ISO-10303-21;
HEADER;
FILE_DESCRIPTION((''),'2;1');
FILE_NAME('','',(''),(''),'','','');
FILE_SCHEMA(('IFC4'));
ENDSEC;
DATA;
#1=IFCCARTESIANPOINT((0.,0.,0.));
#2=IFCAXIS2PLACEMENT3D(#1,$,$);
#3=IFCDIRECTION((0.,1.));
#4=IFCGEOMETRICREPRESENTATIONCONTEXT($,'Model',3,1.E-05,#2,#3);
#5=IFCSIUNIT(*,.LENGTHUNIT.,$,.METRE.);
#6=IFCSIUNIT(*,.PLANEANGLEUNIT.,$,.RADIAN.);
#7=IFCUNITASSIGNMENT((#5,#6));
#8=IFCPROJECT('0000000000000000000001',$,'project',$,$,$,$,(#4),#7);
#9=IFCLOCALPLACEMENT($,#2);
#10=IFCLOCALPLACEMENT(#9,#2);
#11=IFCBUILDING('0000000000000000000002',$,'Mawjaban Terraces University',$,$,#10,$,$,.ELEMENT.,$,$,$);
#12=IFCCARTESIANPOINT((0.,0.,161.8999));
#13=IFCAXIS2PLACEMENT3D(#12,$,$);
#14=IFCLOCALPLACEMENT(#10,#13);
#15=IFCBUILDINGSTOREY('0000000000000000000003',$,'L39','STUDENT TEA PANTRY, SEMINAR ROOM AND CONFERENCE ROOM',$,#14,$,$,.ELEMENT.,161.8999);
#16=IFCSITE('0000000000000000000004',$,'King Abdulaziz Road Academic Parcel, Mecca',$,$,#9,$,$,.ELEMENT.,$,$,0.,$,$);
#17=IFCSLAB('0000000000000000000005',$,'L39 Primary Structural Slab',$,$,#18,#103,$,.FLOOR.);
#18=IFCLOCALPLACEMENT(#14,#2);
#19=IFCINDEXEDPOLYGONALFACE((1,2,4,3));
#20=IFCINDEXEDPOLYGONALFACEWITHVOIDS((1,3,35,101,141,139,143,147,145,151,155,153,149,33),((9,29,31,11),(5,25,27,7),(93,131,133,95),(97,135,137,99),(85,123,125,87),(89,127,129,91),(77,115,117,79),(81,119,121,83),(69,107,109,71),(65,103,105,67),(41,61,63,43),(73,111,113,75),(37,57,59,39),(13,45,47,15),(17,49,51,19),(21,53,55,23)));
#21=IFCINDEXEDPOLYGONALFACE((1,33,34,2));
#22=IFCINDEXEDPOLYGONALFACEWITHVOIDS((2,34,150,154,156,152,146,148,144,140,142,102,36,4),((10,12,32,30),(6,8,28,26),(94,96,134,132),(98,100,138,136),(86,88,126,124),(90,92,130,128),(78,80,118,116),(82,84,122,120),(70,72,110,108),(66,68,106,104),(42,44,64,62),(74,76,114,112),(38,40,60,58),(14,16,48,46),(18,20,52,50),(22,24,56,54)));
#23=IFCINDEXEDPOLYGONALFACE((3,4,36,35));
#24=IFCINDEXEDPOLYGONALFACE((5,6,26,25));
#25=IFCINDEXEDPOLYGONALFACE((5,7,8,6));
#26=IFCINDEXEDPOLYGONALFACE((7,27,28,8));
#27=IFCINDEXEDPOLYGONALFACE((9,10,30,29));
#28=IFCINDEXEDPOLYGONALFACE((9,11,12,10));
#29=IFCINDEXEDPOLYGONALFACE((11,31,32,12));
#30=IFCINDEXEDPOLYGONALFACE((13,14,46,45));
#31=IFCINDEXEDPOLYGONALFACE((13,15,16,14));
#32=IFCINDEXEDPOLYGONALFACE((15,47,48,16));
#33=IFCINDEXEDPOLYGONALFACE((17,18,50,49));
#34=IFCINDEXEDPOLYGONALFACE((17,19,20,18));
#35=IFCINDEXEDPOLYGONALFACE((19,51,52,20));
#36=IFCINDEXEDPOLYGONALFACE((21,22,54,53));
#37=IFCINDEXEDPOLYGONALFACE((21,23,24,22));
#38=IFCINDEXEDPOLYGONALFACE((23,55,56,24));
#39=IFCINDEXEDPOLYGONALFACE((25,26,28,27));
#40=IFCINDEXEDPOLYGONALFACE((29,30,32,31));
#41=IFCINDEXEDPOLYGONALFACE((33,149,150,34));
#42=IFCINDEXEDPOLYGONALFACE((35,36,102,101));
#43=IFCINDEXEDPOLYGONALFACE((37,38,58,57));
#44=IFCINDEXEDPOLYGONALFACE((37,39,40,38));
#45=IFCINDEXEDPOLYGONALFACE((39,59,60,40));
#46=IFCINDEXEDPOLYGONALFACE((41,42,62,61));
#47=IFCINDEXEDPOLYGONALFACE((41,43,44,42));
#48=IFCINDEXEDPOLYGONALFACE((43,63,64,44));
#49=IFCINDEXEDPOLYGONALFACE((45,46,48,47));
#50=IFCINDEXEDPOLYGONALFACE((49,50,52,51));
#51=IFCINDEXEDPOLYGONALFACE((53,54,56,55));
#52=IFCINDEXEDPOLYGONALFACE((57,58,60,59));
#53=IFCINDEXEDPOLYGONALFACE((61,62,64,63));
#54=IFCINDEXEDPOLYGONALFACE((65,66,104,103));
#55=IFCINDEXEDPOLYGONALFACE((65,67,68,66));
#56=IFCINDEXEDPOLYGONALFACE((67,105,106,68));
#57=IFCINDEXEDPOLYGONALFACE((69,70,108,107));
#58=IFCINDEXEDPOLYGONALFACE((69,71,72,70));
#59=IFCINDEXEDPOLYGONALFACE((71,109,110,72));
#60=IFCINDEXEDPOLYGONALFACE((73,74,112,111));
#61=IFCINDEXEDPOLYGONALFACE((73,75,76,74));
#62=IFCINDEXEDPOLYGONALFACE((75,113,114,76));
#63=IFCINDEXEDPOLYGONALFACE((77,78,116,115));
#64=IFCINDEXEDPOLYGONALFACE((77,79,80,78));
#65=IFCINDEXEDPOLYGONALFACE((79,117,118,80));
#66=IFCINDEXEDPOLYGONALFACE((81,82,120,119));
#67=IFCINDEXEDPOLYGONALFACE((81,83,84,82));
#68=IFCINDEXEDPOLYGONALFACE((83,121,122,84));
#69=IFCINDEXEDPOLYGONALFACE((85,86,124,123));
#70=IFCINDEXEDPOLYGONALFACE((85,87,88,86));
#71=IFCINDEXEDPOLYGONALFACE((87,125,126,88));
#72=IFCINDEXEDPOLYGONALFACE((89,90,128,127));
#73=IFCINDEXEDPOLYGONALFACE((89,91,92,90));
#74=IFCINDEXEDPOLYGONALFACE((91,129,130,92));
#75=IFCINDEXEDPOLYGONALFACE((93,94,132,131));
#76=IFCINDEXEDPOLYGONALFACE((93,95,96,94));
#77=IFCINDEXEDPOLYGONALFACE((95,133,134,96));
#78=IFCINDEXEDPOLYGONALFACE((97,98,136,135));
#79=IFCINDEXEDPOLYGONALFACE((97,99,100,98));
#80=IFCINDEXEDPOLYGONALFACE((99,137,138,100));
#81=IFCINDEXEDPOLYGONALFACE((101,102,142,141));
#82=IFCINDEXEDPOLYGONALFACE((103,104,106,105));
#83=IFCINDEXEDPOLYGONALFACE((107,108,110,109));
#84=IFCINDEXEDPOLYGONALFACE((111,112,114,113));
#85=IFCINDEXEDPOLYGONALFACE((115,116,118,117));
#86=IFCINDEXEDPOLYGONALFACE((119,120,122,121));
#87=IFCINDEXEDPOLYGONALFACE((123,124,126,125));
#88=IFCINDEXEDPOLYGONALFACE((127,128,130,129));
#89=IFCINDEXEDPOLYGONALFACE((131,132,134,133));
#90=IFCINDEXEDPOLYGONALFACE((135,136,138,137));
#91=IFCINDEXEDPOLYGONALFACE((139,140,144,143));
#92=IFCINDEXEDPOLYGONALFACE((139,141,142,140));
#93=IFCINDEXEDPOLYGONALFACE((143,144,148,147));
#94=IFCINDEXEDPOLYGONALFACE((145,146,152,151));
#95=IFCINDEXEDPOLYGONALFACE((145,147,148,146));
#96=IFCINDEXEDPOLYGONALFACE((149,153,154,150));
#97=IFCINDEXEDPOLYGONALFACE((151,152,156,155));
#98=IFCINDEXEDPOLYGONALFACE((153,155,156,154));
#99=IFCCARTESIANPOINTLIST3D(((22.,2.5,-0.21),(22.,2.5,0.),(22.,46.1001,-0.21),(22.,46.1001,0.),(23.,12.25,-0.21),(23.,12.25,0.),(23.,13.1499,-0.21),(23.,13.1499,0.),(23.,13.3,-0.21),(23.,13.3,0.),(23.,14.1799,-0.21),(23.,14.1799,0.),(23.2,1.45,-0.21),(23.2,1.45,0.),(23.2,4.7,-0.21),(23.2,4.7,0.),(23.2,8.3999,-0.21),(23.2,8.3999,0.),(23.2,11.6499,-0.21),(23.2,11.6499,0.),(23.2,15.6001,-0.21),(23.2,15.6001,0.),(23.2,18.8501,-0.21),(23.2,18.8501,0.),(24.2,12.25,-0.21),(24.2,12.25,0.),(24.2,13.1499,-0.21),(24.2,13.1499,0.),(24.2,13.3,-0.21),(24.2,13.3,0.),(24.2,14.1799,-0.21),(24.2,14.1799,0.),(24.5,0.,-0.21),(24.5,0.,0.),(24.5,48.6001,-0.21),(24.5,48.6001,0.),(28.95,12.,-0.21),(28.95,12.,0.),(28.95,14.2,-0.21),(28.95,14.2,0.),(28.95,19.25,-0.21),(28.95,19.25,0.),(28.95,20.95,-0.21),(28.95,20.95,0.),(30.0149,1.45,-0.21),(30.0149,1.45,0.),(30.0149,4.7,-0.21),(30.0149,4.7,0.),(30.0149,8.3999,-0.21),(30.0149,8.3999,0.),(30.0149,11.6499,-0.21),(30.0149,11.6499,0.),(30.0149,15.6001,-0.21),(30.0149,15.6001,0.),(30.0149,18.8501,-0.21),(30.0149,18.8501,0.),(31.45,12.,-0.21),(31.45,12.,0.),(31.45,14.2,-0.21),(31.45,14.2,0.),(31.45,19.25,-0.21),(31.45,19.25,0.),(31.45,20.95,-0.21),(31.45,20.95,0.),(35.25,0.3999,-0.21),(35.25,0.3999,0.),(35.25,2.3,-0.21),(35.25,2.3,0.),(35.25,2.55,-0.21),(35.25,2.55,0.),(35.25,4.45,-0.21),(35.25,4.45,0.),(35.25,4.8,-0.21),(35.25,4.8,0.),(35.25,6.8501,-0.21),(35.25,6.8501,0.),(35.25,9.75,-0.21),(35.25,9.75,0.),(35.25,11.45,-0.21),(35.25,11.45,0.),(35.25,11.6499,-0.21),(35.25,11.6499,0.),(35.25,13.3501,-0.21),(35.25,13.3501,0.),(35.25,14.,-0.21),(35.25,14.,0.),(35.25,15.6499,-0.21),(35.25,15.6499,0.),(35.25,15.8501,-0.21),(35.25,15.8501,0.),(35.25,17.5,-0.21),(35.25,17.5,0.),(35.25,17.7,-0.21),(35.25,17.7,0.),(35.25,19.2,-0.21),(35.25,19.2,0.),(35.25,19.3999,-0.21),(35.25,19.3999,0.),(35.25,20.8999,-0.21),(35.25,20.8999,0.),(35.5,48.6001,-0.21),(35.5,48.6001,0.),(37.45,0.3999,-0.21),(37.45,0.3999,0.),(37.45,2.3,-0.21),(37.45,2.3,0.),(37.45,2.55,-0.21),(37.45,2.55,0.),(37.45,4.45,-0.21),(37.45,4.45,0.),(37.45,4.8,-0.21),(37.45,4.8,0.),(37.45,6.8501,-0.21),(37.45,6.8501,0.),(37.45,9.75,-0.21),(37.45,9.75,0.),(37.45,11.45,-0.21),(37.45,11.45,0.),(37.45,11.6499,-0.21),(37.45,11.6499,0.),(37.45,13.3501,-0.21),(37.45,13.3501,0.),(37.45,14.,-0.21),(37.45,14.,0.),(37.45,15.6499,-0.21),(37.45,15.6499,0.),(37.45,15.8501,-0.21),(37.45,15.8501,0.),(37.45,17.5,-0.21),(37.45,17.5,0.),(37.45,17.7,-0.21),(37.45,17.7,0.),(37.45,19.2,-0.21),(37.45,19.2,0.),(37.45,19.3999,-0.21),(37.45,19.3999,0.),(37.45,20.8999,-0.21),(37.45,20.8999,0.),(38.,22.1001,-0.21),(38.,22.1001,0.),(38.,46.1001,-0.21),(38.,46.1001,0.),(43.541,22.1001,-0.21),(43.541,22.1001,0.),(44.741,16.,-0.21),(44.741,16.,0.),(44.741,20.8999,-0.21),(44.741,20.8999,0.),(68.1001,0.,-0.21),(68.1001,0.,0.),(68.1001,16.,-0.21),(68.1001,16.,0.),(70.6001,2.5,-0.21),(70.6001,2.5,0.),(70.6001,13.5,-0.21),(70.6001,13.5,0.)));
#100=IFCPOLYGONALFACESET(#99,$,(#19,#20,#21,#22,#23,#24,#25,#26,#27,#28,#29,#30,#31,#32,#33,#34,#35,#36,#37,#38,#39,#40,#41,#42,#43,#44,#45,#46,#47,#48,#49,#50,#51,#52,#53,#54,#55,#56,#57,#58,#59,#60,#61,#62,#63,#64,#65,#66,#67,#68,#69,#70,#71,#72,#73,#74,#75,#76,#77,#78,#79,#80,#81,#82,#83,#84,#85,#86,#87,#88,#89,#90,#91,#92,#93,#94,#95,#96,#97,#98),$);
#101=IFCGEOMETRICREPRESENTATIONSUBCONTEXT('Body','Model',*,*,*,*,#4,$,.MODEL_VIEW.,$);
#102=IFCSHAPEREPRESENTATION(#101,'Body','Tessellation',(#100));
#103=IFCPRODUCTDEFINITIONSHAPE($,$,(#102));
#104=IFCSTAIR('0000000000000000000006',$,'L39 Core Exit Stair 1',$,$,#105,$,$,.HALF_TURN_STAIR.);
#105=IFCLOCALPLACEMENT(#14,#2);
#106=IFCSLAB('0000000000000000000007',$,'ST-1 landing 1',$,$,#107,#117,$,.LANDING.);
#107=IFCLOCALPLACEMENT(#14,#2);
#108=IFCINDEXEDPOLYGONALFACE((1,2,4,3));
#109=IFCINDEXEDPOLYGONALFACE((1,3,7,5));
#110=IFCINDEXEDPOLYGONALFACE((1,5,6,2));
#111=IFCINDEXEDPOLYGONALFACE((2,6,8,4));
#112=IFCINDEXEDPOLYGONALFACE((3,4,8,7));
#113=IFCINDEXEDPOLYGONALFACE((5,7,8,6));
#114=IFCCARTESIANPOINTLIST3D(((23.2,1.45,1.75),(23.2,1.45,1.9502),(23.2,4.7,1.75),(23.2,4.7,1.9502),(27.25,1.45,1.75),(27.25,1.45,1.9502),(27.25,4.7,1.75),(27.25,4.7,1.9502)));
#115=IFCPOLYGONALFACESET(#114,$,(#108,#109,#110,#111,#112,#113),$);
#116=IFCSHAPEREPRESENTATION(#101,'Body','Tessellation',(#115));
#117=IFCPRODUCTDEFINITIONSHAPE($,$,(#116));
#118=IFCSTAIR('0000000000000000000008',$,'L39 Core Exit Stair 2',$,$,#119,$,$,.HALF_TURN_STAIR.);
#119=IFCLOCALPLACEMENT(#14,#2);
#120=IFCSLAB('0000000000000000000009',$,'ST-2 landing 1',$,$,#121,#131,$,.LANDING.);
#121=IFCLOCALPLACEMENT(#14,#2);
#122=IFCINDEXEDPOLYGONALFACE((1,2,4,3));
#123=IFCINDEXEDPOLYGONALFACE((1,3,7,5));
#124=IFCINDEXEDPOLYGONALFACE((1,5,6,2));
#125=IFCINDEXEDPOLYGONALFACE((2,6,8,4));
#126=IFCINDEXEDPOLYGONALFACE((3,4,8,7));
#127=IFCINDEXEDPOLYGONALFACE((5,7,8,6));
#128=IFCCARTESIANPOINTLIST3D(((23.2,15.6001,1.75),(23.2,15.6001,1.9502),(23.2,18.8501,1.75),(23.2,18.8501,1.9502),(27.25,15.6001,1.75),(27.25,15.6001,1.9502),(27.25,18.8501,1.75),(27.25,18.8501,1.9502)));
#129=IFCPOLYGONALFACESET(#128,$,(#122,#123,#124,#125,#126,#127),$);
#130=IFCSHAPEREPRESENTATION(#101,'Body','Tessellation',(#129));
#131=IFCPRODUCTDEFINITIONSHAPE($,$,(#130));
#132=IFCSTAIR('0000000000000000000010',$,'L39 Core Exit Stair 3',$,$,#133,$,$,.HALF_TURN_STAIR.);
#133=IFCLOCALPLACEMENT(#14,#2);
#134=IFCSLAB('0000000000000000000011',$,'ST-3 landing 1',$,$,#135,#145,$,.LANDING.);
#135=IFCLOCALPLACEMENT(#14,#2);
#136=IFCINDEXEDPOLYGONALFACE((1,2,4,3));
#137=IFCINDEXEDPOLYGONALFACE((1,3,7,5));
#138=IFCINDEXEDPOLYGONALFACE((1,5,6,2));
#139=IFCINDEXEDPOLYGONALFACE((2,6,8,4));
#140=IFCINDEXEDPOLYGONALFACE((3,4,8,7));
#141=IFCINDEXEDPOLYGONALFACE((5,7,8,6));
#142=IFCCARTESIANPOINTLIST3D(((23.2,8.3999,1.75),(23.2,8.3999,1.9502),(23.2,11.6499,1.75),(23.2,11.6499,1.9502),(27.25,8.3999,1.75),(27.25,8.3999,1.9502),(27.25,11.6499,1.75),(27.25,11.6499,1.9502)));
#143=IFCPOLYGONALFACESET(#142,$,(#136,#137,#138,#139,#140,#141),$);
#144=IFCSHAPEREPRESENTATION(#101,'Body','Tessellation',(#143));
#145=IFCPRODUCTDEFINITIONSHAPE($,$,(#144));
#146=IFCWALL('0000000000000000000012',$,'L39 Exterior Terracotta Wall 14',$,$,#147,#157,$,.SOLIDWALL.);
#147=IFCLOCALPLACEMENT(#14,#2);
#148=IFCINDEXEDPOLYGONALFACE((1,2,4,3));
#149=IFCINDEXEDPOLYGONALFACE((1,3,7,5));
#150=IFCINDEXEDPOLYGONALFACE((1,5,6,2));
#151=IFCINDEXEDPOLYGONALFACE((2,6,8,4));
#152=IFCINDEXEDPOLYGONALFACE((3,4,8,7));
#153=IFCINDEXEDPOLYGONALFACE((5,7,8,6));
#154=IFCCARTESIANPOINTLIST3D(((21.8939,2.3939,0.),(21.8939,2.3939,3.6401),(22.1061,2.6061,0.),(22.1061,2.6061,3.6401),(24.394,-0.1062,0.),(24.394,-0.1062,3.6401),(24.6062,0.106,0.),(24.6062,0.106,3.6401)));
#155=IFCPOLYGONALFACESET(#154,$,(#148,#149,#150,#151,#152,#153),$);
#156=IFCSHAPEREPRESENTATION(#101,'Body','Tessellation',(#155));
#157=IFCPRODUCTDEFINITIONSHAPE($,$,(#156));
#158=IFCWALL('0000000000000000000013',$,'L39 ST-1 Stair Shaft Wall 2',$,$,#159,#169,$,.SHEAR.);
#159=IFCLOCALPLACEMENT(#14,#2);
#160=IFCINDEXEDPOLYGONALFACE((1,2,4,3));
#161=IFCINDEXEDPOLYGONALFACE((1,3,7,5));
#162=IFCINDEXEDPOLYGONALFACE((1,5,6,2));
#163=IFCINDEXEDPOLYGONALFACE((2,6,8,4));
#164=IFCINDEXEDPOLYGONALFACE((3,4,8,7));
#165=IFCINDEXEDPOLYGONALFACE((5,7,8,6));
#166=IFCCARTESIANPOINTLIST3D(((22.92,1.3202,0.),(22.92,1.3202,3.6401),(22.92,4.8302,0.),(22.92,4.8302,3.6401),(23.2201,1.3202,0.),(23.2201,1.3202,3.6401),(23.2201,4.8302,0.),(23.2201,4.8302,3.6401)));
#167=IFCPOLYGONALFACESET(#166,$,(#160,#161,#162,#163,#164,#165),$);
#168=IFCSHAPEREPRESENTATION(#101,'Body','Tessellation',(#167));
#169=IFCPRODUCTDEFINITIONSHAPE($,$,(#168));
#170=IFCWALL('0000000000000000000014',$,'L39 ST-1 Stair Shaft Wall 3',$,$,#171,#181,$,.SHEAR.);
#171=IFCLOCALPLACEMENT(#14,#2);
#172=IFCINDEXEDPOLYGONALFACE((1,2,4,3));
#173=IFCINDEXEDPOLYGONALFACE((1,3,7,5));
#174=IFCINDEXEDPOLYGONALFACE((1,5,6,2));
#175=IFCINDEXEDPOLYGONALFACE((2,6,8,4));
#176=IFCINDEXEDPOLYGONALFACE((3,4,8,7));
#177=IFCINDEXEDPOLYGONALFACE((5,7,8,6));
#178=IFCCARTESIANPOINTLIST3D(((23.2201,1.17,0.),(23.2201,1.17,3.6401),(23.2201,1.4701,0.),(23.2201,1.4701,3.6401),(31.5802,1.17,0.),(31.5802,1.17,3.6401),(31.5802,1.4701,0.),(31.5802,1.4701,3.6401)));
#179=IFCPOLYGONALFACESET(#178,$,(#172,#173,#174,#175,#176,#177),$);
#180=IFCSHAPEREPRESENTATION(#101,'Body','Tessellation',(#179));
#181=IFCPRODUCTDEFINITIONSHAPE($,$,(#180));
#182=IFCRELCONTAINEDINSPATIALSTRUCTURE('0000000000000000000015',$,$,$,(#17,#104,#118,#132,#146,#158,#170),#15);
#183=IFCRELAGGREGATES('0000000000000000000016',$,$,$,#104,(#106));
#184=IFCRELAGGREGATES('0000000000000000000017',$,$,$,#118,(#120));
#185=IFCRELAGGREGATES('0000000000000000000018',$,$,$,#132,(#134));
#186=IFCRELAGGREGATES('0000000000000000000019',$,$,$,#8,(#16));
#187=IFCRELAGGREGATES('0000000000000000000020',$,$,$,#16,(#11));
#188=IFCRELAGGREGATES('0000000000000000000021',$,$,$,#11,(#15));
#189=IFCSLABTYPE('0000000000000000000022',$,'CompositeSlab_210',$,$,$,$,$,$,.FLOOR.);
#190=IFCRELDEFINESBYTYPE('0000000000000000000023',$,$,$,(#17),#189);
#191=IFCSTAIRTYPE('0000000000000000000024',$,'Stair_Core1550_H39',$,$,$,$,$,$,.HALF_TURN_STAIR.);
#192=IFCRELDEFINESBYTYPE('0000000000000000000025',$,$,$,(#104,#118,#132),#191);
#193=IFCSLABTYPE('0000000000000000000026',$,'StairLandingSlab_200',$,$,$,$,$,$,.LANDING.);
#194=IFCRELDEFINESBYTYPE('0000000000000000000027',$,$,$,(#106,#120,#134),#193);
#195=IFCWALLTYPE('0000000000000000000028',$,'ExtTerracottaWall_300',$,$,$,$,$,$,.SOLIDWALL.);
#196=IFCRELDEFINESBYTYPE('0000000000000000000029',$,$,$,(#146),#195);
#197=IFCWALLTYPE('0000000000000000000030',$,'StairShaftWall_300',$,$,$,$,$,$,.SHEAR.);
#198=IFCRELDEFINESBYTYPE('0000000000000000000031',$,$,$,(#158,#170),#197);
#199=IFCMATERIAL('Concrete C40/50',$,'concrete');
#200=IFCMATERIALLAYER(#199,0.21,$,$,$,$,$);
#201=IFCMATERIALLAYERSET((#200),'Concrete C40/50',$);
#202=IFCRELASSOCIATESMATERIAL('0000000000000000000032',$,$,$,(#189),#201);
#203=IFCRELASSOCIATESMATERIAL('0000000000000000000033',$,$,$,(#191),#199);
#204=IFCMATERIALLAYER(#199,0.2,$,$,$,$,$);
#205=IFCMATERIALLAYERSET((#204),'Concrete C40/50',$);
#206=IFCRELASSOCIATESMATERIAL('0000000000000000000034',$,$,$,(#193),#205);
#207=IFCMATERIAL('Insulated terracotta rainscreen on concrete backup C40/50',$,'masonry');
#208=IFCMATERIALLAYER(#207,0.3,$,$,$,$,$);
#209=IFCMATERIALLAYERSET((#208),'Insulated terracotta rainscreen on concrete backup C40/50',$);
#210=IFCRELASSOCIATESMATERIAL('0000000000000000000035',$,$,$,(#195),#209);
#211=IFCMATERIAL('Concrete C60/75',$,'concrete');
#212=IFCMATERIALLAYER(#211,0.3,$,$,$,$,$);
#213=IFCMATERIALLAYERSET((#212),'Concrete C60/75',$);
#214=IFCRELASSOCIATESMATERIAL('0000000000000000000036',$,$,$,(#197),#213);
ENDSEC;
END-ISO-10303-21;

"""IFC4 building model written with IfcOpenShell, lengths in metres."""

from ifc_helpers import new_model, si_unit, direction, frame, frame_2d, origin, place, context, subcontext, project, spatial, polyline, rectangle, outline, extrude, material, layer, layer_set, type_object, element, aggregate, save


model = new_model("IFC4")

# Units and contexts
model_context = context("Model", 3, precision=1e-05, world=origin(), true_north=direction((0.0, 1.0)))
body_context = subcontext(model_context, "Body", "Model", "MODEL_VIEW")
ifc_project = project(units=[si_unit("LENGTHUNIT", "METRE"), si_unit("PLANEANGLEUNIT", "RADIAN")], contexts=[model_context])

# Site, building, storey
site_placement = place(None, origin())
site = spatial("IfcSite", under=ifc_project, at=site_placement, Name="King Abdulaziz Road Academic Parcel, Mecca", CompositionType="ELEMENT", RefElevation=0.0)
building_placement = place(site_placement, origin())
building = spatial("IfcBuilding", under=site, at=building_placement, Name="Mawjaban Terraces University", CompositionType="ELEMENT")
storey_placement = place(building_placement, frame((0.0, 0.0, 161.8999)))
storey = spatial("IfcBuildingStorey", under=building, at=storey_placement, Name="L39", Description="STUDENT TEA PANTRY, SEMINAR ROOM AND CONFERENCE ROOM", CompositionType="ELEMENT", Elevation=161.8999)

# Shared definitions
ifc_material_1 = material(Name="Concrete C60/75", Category="concrete")

# Slab
ifc_material_2 = material(Name="Concrete C40/50", Category="concrete")
ifc_layer_1 = layer(ifc_material_2, 0.21)
ifc_layer_set_1 = layer_set([ifc_layer_1], Name="Concrete C40/50")
slab_type_1 = type_object("IfcSlabType", Name="CompositeSlab_210", PredefinedType="FLOOR", material=ifc_layer_set_1)
slab_1_placement = place(storey_placement, frame((0.0, 0.0, -0.21)))
element("IfcSlab", 1, at=slab_1_placement, inside=storey, type_object=slab_type_1, Name="L39 Primary Structural Slab", PredefinedType="FLOOR", context=body_context, shape_type="SweptSolid", body=[
    extrude(outline(polyline([(24.5, 0.0), (68.1001, 0.0), (70.6001, 2.5), (70.6001, 13.5), (68.1001, 16.0), (44.741, 16.0), (44.741, 20.8999), (43.541, 22.1001), (38.0, 22.1001), (38.0, 46.1001), (35.5, 48.6001), (24.5, 48.6001), (22.0, 46.1001), (22.0, 2.5), (24.5, 0.0)]), holes=[polyline([(30.0149, 4.7), (23.2, 4.7), (23.2, 1.45), (30.0149, 1.45), (30.0149, 4.7)]), polyline([(30.0149, 18.8501), (23.2, 18.8501), (23.2, 15.6001), (30.0149, 15.6001), (30.0149, 18.8501)]), polyline([(30.0149, 11.6499), (23.2, 11.6499), (23.2, 8.3999), (30.0149, 8.3999), (30.0149, 11.6499)]), polyline([(35.25, 0.3999), (37.45, 0.3999), (37.45, 2.3), (35.25, 2.3), (35.25, 0.3999)]), polyline([(35.25, 2.55), (37.45, 2.55), (37.45, 4.45), (35.25, 4.45), (35.25, 2.55)]), polyline([(35.25, 4.8), (37.45, 4.8), (37.45, 6.8501), (35.25, 6.8501), (35.25, 4.8)]), polyline([(35.25, 9.75), (37.45, 9.75), (37.45, 11.45), (35.25, 11.45), (35.25, 9.75)]), polyline([(35.25, 11.6499), (37.45, 11.6499), (37.45, 13.3501), (35.25, 13.3501), (35.25, 11.6499)]), polyline([(28.95, 12.0), (31.45, 12.0), (31.45, 14.2), (28.95, 14.2), (28.95, 12.0)]), polyline([(35.25, 14.0), (37.45, 14.0), (37.45, 15.6499), (35.25, 15.6499), (35.25, 14.0)]), polyline([(35.25, 15.8501), (37.45, 15.8501), (37.45, 17.5), (35.25, 17.5), (35.25, 15.8501)]), polyline([(35.25, 17.7), (37.45, 17.7), (37.45, 19.2), (35.25, 19.2), (35.25, 17.7)]), polyline([(35.25, 19.3999), (37.45, 19.3999), (37.45, 20.8999), (35.25, 20.8999), (35.25, 19.3999)]), polyline([(28.95, 19.25), (31.45, 19.25), (31.45, 20.95), (28.95, 20.95), (28.95, 19.25)]), polyline([(23.0, 12.25), (24.2, 12.25), (24.2, 13.1499), (23.0, 13.1499), (23.0, 12.25)]), polyline([(23.0, 13.3), (24.2, 13.3), (24.2, 14.1799), (23.0, 14.1799), (23.0, 13.3)])]), origin(), (0.0, 0.0, 1.0), 0.21),
])

# Stairs, slabs
stair_type = type_object("IfcStairType", Name="Stair_Core1550_H39", PredefinedType="HALF_TURN_STAIR", material=ifc_material_2)
stair_1_placement = place(storey_placement, origin())
stair_1 = element("IfcStair", 2, at=stair_1_placement, inside=storey, type_object=stair_type, Name="L39 Core Exit Stair 1", PredefinedType="HALF_TURN_STAIR")
ifc_layer_2 = layer(ifc_material_2, 0.2)
ifc_layer_set_2 = layer_set([ifc_layer_2], Name="Concrete C40/50")
slab_type_2 = type_object("IfcSlabType", Name="StairLandingSlab_200", PredefinedType="LANDING", material=ifc_layer_set_2)
slab_2_placement = place(storey_placement, frame((0.0, 0.0, 1.75)))
slab_2 = element("IfcSlab", 3, at=slab_2_placement, type_object=slab_type_2, Name="ST-1 landing 1", PredefinedType="LANDING", context=body_context, shape_type="SweptSolid", body=[
    extrude(outline(polyline([(27.25, 4.7), (23.2, 4.7), (23.2, 1.45), (27.25, 1.45), (27.25, 4.7)])), origin(), (0.0, 0.0, 1.0), 0.2002),
])
aggregate(stair_1, [slab_2])
stair_2_placement = place(storey_placement, origin())
stair_2 = element("IfcStair", 4, at=stair_2_placement, inside=storey, type_object=stair_type, Name="L39 Core Exit Stair 2", PredefinedType="HALF_TURN_STAIR")
slab_3_placement = place(storey_placement, frame((0.0, 0.0, 1.75)))
slab_3 = element("IfcSlab", 5, at=slab_3_placement, type_object=slab_type_2, Name="ST-2 landing 1", PredefinedType="LANDING", context=body_context, shape_type="SweptSolid", body=[
    extrude(outline(polyline([(27.25, 18.8501), (23.2, 18.8501), (23.2, 15.6001), (27.25, 15.6001), (27.25, 18.8501)])), origin(), (0.0, 0.0, 1.0), 0.2002),
])
aggregate(stair_2, [slab_3])
stair_3_placement = place(storey_placement, origin())
stair_3 = element("IfcStair", 6, at=stair_3_placement, inside=storey, type_object=stair_type, Name="L39 Core Exit Stair 3", PredefinedType="HALF_TURN_STAIR")
slab_4_placement = place(storey_placement, frame((0.0, 0.0, 1.75)))
slab_4 = element("IfcSlab", 7, at=slab_4_placement, type_object=slab_type_2, Name="ST-3 landing 1", PredefinedType="LANDING", context=body_context, shape_type="SweptSolid", body=[
    extrude(outline(polyline([(27.25, 11.6499), (23.2, 11.6499), (23.2, 8.3999), (27.25, 8.3999), (27.25, 11.6499)])), origin(), (0.0, 0.0, 1.0), 0.2002),
])
aggregate(stair_3, [slab_4])

# Walls
ifc_material_3 = material(Name="Insulated terracotta rainscreen on concrete backup C40/50", Category="masonry")
ifc_layer_3 = layer(ifc_material_3, 0.3)
ifc_layer_set_3 = layer_set([ifc_layer_3], Name="Insulated terracotta rainscreen on concrete backup C40/50")
wall_type_1 = type_object("IfcWallType", Name="ExtTerracottaWall_300", PredefinedType="SOLIDWALL", material=ifc_layer_set_3)
wall_1_placement = place(storey_placement, frame((22.0, 2.5, 0.0), z_axis=(0.0, 0.0, 1.0), x_axis=(0.707107, -0.707107, 0.0)))
element("IfcWall", 8, at=wall_1_placement, inside=storey, type_object=wall_type_1, Name="L39 Exterior Terracotta Wall 14", PredefinedType="SOLIDWALL", context=body_context, shape_type="SweptSolid", body=[
    extrude(rectangle(XDim=3.5356, YDim=0.3, at=frame_2d((1.7678, 0.0))), origin(), (0.0, 0.0, 1.0), 3.6401),
])
ifc_layer_4 = layer(ifc_material_1, 0.3)
ifc_layer_set_4 = layer_set([ifc_layer_4], Name="Concrete C60/75")
wall_type_2 = type_object("IfcWallType", Name="StairShaftWall_300", PredefinedType="SHEAR", material=ifc_layer_set_4)
wall_2_placement = place(storey_placement, frame((23.0701, 4.8301, 0.0), z_axis=(0.0, 0.0, 1.0), x_axis=(0.0, -1.0, 0.0)))
element("IfcWall", 9, at=wall_2_placement, inside=storey, type_object=wall_type_2, Name="L39 ST-1 Stair Shaft Wall 2", PredefinedType="SHEAR", context=body_context, shape_type="SweptSolid", body=[
    extrude(rectangle(XDim=3.51, YDim=0.3, at=frame_2d((1.7549, 0.0))), origin(), (0.0, 0.0, 1.0), 3.6401),
])
wall_3_placement = place(storey_placement, frame((23.22, 1.3201, 0.0), z_axis=(0.0, 0.0, 1.0), x_axis=(1.0, 0.0, 0.0)))
element("IfcWall", 10, at=wall_3_placement, inside=storey, type_object=wall_type_2, Name="L39 ST-1 Stair Shaft Wall 3", PredefinedType="SHEAR", context=body_context, shape_type="SweptSolid", body=[
    extrude(rectangle(XDim=8.3601, YDim=0.3, at=frame_2d((4.1802, 0.0))), origin(), (0.0, 0.0, 1.0), 3.6401),
])

save(model, "model.ifc")
